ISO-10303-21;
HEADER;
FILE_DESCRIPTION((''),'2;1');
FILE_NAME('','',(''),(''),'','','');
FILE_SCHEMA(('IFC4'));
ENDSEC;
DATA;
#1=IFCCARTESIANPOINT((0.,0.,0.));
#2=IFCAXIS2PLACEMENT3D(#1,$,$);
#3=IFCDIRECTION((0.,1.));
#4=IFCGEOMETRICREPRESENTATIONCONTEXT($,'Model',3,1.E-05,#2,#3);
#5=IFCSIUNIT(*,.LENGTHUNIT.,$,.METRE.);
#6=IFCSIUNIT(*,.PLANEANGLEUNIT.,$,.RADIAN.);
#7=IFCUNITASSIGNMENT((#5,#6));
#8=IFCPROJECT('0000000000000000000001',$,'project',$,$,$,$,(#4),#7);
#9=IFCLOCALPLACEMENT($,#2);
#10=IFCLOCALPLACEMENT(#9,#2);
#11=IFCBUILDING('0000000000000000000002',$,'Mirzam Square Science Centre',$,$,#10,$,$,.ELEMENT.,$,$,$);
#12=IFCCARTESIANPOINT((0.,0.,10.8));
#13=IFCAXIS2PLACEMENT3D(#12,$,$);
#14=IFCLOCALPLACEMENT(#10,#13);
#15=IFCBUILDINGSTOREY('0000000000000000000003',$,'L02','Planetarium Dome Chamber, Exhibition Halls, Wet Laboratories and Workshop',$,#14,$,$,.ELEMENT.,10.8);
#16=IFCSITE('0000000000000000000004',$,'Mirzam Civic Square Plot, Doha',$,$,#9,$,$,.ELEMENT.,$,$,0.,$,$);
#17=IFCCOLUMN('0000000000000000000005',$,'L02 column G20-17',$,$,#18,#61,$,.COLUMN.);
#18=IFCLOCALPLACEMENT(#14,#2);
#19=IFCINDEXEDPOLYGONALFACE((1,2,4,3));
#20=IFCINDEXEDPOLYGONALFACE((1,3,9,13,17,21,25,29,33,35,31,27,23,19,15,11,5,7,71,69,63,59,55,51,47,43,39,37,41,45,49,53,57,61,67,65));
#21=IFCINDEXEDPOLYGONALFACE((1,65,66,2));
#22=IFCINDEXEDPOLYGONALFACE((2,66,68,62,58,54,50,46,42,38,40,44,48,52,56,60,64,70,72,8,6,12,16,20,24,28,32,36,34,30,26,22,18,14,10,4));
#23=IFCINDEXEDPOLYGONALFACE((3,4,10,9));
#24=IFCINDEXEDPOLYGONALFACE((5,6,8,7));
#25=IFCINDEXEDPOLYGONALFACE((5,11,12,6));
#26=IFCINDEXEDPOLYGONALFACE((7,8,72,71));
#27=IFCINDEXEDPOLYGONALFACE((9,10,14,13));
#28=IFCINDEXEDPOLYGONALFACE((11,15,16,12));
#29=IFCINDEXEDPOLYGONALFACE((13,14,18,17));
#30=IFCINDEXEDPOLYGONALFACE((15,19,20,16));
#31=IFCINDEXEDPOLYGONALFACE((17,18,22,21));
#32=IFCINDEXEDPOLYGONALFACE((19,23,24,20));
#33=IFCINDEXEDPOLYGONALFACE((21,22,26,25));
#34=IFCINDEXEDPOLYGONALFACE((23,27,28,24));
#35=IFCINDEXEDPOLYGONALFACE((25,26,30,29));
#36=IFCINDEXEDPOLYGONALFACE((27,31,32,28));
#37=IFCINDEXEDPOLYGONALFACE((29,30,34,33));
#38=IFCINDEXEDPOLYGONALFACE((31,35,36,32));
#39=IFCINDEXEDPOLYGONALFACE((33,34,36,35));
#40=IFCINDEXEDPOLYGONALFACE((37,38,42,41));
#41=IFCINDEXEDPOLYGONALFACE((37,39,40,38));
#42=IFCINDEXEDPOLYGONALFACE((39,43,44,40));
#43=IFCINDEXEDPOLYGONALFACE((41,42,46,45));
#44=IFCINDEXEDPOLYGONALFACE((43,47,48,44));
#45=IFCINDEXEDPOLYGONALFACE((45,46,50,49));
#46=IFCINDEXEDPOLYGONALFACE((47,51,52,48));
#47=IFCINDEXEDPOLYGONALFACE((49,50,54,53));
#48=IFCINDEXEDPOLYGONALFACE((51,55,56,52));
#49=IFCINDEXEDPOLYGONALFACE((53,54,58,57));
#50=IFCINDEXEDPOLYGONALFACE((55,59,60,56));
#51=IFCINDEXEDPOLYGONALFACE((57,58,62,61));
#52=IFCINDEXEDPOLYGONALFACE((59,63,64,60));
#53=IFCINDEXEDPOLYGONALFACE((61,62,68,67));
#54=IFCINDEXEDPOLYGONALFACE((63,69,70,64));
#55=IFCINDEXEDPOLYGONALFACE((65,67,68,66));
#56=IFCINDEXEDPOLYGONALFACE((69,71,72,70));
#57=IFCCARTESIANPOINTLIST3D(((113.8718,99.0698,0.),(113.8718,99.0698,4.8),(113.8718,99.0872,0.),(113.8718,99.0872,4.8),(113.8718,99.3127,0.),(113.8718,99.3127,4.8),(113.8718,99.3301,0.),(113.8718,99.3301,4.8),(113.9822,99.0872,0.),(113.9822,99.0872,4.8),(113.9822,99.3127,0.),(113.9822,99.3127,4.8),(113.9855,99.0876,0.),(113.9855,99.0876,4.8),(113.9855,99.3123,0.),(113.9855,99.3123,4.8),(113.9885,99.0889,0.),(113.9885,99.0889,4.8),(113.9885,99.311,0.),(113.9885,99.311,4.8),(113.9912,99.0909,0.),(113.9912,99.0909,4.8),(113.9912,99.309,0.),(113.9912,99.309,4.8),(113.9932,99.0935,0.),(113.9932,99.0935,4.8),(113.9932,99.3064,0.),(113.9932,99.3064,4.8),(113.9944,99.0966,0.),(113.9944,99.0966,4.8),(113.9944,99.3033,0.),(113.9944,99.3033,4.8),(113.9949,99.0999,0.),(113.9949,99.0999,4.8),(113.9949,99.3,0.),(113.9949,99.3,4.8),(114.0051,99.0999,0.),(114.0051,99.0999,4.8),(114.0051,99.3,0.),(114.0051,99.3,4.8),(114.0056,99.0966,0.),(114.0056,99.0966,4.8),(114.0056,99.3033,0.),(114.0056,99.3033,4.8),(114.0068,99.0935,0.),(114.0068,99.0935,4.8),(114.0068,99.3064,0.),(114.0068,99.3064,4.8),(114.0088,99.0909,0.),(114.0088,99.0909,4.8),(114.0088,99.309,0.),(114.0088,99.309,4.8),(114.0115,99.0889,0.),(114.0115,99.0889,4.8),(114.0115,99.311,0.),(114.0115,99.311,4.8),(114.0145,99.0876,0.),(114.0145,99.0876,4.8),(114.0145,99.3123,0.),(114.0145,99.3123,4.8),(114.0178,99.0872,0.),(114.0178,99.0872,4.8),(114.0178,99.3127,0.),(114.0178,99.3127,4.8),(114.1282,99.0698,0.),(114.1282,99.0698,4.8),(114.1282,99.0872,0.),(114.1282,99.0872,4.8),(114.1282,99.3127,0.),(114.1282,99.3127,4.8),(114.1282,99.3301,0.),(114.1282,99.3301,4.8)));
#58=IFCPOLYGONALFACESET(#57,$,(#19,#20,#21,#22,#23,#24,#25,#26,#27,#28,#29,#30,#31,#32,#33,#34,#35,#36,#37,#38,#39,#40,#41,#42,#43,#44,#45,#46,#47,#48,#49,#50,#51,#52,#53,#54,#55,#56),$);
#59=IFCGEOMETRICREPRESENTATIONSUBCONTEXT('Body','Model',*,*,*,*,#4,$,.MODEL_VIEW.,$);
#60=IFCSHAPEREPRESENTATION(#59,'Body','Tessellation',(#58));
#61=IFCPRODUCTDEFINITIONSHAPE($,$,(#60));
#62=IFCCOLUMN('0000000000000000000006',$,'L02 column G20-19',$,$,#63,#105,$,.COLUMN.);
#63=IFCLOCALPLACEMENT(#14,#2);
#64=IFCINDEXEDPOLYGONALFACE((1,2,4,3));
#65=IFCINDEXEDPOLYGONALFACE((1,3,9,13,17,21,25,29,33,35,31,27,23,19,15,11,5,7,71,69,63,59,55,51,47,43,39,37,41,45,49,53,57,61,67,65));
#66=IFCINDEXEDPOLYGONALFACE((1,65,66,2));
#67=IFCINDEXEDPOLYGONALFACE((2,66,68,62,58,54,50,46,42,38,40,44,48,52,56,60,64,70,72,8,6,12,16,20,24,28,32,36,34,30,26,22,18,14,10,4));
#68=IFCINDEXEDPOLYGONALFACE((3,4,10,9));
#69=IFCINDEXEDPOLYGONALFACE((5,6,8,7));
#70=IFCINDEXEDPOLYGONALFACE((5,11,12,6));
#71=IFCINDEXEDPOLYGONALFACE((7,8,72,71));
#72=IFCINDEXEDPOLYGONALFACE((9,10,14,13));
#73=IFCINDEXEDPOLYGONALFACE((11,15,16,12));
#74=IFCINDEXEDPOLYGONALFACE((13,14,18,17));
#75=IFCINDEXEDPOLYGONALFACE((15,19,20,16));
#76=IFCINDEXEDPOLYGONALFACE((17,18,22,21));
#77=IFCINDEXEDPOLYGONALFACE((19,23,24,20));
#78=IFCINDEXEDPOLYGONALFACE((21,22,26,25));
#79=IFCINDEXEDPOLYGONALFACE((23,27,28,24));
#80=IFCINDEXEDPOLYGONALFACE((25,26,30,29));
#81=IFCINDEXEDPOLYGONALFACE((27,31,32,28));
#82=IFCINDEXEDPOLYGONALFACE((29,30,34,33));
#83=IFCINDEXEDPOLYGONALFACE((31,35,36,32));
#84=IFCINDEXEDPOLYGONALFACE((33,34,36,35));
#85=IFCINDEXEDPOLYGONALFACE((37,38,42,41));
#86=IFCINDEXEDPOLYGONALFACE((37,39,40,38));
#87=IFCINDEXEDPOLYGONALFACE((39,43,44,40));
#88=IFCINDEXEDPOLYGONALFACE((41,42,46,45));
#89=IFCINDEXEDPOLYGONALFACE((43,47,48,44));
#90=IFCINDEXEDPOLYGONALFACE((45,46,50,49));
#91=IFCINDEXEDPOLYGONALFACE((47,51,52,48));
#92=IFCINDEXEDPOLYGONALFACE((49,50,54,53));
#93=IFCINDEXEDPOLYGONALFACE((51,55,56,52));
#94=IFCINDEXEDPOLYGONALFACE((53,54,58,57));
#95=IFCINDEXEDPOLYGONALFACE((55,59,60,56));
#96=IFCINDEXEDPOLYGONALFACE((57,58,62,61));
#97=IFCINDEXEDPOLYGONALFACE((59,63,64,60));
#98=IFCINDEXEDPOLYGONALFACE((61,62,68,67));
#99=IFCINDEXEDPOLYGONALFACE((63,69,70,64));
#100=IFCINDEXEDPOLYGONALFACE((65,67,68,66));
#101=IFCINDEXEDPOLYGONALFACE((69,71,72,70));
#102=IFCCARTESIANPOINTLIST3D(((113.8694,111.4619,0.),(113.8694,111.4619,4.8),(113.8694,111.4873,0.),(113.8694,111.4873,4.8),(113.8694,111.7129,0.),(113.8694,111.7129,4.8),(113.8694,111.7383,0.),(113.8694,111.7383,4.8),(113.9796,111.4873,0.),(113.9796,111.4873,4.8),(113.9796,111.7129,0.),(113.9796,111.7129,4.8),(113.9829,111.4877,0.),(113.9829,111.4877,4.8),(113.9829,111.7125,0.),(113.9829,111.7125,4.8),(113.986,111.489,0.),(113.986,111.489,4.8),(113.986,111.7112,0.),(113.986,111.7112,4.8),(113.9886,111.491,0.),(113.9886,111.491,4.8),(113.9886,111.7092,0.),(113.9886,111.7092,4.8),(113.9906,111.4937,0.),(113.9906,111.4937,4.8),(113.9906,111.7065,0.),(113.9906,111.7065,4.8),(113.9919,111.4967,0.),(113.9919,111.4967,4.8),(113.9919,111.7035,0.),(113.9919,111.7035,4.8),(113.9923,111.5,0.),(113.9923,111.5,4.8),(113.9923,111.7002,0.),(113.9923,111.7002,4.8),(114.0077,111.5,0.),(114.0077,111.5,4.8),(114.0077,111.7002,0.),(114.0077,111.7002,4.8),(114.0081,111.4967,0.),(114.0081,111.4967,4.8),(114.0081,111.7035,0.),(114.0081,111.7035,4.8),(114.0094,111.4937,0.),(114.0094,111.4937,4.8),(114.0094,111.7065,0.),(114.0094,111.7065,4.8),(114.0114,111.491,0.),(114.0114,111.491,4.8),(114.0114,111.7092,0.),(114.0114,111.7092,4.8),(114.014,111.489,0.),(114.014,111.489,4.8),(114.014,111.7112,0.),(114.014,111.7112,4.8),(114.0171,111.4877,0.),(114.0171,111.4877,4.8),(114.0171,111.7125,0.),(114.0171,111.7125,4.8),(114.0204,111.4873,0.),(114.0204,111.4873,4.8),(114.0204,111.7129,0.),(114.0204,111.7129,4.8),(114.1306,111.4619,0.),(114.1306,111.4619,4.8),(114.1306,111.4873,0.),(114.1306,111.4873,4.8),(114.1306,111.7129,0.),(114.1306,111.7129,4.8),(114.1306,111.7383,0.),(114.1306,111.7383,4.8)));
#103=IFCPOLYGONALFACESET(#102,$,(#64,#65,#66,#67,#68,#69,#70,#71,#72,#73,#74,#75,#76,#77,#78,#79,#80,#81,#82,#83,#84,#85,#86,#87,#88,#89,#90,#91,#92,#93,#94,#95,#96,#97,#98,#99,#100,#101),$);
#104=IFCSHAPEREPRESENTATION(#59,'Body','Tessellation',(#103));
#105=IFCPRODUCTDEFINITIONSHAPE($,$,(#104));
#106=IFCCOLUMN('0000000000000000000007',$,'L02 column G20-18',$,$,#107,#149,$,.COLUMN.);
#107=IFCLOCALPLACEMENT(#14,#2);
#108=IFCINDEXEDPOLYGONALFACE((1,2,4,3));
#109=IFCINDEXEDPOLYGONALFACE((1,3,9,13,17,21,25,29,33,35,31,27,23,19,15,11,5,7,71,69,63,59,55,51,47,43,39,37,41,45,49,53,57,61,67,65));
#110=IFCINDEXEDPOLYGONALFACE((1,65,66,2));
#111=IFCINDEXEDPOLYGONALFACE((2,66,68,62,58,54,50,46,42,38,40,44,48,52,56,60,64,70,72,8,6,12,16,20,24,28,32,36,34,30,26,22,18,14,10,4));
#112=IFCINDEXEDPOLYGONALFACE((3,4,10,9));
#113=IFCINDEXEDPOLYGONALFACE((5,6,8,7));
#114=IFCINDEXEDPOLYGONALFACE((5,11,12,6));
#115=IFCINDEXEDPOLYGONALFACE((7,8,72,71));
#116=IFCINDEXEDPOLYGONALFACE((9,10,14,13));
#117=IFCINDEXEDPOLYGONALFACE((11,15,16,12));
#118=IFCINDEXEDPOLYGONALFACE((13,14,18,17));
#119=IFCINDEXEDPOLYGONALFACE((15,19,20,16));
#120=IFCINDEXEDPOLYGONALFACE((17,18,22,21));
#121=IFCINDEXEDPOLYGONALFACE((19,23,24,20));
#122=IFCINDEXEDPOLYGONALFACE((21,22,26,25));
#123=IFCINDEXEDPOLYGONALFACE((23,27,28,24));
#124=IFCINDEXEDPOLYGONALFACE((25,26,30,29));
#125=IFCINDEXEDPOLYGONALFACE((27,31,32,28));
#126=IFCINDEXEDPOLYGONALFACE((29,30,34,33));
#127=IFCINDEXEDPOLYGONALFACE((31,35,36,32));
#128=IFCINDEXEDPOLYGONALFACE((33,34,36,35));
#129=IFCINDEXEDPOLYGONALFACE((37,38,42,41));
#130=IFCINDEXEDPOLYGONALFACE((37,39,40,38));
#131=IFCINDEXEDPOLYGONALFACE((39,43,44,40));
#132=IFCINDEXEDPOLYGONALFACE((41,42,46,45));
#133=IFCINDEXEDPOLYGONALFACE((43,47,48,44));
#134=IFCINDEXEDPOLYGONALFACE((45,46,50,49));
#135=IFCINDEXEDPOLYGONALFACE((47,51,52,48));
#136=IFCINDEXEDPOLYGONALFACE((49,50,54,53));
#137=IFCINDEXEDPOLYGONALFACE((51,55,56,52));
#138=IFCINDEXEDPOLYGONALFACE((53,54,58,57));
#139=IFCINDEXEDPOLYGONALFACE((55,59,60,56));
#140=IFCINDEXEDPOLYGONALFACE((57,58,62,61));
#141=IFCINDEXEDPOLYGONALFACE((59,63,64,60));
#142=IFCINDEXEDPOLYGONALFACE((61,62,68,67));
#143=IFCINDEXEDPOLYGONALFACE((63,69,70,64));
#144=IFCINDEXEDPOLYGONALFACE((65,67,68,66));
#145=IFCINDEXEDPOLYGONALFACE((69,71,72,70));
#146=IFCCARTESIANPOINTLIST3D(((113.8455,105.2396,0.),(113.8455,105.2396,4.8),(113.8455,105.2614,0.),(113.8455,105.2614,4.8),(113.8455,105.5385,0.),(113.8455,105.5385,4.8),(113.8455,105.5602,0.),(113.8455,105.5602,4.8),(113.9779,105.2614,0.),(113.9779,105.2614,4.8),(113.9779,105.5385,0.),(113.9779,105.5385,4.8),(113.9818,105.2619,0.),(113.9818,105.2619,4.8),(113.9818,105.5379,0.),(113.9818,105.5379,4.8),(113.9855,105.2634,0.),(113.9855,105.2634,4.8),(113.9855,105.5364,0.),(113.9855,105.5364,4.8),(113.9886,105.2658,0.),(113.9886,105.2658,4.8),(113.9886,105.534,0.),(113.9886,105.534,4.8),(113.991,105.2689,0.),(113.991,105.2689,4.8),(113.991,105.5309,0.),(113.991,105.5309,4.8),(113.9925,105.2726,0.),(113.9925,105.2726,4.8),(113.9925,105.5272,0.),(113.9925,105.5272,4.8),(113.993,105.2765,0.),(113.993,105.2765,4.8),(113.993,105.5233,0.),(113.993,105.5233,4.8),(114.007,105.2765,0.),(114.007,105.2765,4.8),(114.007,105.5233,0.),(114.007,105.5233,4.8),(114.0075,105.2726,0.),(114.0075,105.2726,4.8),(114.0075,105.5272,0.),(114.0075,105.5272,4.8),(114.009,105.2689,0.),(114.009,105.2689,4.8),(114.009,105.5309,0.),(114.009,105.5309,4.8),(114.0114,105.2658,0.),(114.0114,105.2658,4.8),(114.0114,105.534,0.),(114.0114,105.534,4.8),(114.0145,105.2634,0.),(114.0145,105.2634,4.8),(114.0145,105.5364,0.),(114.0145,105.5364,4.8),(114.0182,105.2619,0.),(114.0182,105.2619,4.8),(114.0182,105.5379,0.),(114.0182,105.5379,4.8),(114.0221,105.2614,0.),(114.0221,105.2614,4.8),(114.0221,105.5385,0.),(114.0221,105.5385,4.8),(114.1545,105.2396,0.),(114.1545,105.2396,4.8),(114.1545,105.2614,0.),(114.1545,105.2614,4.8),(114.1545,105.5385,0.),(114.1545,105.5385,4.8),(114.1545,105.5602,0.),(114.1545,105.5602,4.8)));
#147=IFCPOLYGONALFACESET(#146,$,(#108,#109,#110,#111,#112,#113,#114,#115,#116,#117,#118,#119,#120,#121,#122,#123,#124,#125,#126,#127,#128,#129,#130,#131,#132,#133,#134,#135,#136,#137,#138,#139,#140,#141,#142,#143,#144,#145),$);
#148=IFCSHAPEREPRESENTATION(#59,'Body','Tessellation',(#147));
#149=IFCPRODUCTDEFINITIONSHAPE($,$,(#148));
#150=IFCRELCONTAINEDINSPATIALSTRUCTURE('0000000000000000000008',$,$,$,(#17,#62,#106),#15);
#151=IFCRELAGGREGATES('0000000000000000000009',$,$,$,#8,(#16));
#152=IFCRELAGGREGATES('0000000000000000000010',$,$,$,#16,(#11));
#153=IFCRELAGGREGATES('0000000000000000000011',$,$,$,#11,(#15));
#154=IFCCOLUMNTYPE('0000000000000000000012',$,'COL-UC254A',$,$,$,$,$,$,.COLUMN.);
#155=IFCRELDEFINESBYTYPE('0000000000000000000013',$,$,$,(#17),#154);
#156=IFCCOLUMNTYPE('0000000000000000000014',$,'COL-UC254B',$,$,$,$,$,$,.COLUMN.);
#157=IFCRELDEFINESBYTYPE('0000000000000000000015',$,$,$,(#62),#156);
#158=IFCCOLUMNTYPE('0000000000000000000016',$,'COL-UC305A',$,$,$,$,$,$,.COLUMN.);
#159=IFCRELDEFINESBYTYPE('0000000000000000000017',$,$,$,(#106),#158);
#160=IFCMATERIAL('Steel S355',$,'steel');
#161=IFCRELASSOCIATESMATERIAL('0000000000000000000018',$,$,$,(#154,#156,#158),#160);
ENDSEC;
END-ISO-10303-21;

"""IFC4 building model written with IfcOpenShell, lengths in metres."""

from ifc_helpers import new_model, si_unit, direction, frame, origin, origin_2d, place, context, subcontext, project, spatial, i_section, extrude, material, material_profile, profile_set, type_object, element, save


model = new_model("IFC4")

# Units and contexts
model_context = context("Model", 3, precision=1e-05, world=origin(), true_north=direction((0.0, 1.0)))
body_context = subcontext(model_context, "Body", "Model", "MODEL_VIEW")
ifc_project = project(units=[si_unit("LENGTHUNIT", "METRE"), si_unit("PLANEANGLEUNIT", "RADIAN")], contexts=[model_context])

# Site, building, storey
site_placement = place(None, origin())
site = spatial("IfcSite", under=ifc_project, at=site_placement, Name="Mirzam Civic Square Plot, Doha", CompositionType="ELEMENT", RefElevation=0.0)
building_placement = place(site_placement, origin())
building = spatial("IfcBuilding", under=site, at=building_placement, Name="Mirzam Square Science Centre", CompositionType="ELEMENT")
storey_placement = place(building_placement, frame((0.0, 0.0, 10.8)))
storey = spatial("IfcBuildingStorey", under=building, at=storey_placement, Name="L02", Description="Planetarium Dome Chamber, Exhibition Halls, Wet Laboratories and Workshop", CompositionType="ELEMENT", Elevation=10.8)

# Columns
ifc_material_1 = material(Name="Steel S355", Category="steel")
ifc_material_profile_1 = material_profile(ifc_material_1, i_section(OverallWidth=0.2563, OverallDepth=0.2603, WebThickness=0.0103, FlangeThickness=0.0173, FilletRadius=0.0127, at=origin_2d()), Name="254x254x89UC")
ifc_profile_set_1 = profile_set([ifc_material_profile_1], Name="Steel S355")
column_type_1 = type_object("IfcColumnType", Name="COL-UC254A", PredefinedType="COLUMN", material=ifc_profile_set_1)
column_1_placement = place(storey_placement, frame((114.0, 99.2, 0.0), z_axis=(0.0, 0.0, 1.0), x_axis=(1.0, 0.0, 0.0)))
element("IfcColumn", 1, at=column_1_placement, inside=storey, type_object=column_type_1, Name="L02 column G20-17", PredefinedType="COLUMN", context=body_context, shape_type="SweptSolid", body=[
    extrude(i_section(OverallWidth=0.2563, OverallDepth=0.2603, WebThickness=0.0103, FlangeThickness=0.0173, FilletRadius=0.0127, at=origin_2d()), origin(), (0.0, 0.0, 1.0), 4.8),
])
ifc_material_profile_2 = material_profile(ifc_material_1, i_section(OverallWidth=0.2612, OverallDepth=0.2764, WebThickness=0.0154, FlangeThickness=0.0254, FilletRadius=0.0127, at=origin_2d()), Name="254x254x132UC")
ifc_profile_set_2 = profile_set([ifc_material_profile_2], Name="Steel S355")
column_type_2 = type_object("IfcColumnType", Name="COL-UC254B", PredefinedType="COLUMN", material=ifc_profile_set_2)
column_2_placement = place(storey_placement, frame((114.0, 111.6001, 0.0), z_axis=(0.0, 0.0, 1.0), x_axis=(1.0, 0.0, 0.0)))
element("IfcColumn", 2, at=column_2_placement, inside=storey, type_object=column_type_2, Name="L02 column G20-19", PredefinedType="COLUMN", context=body_context, shape_type="SweptSolid", body=[
    extrude(i_section(OverallWidth=0.2612, OverallDepth=0.2764, WebThickness=0.0154, FlangeThickness=0.0254, FilletRadius=0.0127, at=origin_2d()), origin(), (0.0, 0.0, 1.0), 4.8),
])
ifc_material_profile_3 = material_profile(ifc_material_1, i_section(OverallWidth=0.3091, OverallDepth=0.3206, WebThickness=0.0139, FlangeThickness=0.0217, FilletRadius=0.0151, at=origin_2d()), Name="305x305x137UC")
ifc_profile_set_3 = profile_set([ifc_material_profile_3], Name="Steel S355")
column_type_3 = type_object("IfcColumnType", Name="COL-UC305A", PredefinedType="COLUMN", material=ifc_profile_set_3)
column_3_placement = place(storey_placement, frame((114.0, 105.3999, 0.0), z_axis=(0.0, 0.0, 1.0), x_axis=(1.0, 0.0, 0.0)))
element("IfcColumn", 3, at=column_3_placement, inside=storey, type_object=column_type_3, Name="L02 column G20-18", PredefinedType="COLUMN", context=body_context, shape_type="SweptSolid", body=[
    extrude(i_section(OverallWidth=0.3091, OverallDepth=0.3206, WebThickness=0.0139, FlangeThickness=0.0217, FilletRadius=0.0151, at=origin_2d()), origin(), (0.0, 0.0, 1.0), 4.8),
])

save(model, "model.ifc")
